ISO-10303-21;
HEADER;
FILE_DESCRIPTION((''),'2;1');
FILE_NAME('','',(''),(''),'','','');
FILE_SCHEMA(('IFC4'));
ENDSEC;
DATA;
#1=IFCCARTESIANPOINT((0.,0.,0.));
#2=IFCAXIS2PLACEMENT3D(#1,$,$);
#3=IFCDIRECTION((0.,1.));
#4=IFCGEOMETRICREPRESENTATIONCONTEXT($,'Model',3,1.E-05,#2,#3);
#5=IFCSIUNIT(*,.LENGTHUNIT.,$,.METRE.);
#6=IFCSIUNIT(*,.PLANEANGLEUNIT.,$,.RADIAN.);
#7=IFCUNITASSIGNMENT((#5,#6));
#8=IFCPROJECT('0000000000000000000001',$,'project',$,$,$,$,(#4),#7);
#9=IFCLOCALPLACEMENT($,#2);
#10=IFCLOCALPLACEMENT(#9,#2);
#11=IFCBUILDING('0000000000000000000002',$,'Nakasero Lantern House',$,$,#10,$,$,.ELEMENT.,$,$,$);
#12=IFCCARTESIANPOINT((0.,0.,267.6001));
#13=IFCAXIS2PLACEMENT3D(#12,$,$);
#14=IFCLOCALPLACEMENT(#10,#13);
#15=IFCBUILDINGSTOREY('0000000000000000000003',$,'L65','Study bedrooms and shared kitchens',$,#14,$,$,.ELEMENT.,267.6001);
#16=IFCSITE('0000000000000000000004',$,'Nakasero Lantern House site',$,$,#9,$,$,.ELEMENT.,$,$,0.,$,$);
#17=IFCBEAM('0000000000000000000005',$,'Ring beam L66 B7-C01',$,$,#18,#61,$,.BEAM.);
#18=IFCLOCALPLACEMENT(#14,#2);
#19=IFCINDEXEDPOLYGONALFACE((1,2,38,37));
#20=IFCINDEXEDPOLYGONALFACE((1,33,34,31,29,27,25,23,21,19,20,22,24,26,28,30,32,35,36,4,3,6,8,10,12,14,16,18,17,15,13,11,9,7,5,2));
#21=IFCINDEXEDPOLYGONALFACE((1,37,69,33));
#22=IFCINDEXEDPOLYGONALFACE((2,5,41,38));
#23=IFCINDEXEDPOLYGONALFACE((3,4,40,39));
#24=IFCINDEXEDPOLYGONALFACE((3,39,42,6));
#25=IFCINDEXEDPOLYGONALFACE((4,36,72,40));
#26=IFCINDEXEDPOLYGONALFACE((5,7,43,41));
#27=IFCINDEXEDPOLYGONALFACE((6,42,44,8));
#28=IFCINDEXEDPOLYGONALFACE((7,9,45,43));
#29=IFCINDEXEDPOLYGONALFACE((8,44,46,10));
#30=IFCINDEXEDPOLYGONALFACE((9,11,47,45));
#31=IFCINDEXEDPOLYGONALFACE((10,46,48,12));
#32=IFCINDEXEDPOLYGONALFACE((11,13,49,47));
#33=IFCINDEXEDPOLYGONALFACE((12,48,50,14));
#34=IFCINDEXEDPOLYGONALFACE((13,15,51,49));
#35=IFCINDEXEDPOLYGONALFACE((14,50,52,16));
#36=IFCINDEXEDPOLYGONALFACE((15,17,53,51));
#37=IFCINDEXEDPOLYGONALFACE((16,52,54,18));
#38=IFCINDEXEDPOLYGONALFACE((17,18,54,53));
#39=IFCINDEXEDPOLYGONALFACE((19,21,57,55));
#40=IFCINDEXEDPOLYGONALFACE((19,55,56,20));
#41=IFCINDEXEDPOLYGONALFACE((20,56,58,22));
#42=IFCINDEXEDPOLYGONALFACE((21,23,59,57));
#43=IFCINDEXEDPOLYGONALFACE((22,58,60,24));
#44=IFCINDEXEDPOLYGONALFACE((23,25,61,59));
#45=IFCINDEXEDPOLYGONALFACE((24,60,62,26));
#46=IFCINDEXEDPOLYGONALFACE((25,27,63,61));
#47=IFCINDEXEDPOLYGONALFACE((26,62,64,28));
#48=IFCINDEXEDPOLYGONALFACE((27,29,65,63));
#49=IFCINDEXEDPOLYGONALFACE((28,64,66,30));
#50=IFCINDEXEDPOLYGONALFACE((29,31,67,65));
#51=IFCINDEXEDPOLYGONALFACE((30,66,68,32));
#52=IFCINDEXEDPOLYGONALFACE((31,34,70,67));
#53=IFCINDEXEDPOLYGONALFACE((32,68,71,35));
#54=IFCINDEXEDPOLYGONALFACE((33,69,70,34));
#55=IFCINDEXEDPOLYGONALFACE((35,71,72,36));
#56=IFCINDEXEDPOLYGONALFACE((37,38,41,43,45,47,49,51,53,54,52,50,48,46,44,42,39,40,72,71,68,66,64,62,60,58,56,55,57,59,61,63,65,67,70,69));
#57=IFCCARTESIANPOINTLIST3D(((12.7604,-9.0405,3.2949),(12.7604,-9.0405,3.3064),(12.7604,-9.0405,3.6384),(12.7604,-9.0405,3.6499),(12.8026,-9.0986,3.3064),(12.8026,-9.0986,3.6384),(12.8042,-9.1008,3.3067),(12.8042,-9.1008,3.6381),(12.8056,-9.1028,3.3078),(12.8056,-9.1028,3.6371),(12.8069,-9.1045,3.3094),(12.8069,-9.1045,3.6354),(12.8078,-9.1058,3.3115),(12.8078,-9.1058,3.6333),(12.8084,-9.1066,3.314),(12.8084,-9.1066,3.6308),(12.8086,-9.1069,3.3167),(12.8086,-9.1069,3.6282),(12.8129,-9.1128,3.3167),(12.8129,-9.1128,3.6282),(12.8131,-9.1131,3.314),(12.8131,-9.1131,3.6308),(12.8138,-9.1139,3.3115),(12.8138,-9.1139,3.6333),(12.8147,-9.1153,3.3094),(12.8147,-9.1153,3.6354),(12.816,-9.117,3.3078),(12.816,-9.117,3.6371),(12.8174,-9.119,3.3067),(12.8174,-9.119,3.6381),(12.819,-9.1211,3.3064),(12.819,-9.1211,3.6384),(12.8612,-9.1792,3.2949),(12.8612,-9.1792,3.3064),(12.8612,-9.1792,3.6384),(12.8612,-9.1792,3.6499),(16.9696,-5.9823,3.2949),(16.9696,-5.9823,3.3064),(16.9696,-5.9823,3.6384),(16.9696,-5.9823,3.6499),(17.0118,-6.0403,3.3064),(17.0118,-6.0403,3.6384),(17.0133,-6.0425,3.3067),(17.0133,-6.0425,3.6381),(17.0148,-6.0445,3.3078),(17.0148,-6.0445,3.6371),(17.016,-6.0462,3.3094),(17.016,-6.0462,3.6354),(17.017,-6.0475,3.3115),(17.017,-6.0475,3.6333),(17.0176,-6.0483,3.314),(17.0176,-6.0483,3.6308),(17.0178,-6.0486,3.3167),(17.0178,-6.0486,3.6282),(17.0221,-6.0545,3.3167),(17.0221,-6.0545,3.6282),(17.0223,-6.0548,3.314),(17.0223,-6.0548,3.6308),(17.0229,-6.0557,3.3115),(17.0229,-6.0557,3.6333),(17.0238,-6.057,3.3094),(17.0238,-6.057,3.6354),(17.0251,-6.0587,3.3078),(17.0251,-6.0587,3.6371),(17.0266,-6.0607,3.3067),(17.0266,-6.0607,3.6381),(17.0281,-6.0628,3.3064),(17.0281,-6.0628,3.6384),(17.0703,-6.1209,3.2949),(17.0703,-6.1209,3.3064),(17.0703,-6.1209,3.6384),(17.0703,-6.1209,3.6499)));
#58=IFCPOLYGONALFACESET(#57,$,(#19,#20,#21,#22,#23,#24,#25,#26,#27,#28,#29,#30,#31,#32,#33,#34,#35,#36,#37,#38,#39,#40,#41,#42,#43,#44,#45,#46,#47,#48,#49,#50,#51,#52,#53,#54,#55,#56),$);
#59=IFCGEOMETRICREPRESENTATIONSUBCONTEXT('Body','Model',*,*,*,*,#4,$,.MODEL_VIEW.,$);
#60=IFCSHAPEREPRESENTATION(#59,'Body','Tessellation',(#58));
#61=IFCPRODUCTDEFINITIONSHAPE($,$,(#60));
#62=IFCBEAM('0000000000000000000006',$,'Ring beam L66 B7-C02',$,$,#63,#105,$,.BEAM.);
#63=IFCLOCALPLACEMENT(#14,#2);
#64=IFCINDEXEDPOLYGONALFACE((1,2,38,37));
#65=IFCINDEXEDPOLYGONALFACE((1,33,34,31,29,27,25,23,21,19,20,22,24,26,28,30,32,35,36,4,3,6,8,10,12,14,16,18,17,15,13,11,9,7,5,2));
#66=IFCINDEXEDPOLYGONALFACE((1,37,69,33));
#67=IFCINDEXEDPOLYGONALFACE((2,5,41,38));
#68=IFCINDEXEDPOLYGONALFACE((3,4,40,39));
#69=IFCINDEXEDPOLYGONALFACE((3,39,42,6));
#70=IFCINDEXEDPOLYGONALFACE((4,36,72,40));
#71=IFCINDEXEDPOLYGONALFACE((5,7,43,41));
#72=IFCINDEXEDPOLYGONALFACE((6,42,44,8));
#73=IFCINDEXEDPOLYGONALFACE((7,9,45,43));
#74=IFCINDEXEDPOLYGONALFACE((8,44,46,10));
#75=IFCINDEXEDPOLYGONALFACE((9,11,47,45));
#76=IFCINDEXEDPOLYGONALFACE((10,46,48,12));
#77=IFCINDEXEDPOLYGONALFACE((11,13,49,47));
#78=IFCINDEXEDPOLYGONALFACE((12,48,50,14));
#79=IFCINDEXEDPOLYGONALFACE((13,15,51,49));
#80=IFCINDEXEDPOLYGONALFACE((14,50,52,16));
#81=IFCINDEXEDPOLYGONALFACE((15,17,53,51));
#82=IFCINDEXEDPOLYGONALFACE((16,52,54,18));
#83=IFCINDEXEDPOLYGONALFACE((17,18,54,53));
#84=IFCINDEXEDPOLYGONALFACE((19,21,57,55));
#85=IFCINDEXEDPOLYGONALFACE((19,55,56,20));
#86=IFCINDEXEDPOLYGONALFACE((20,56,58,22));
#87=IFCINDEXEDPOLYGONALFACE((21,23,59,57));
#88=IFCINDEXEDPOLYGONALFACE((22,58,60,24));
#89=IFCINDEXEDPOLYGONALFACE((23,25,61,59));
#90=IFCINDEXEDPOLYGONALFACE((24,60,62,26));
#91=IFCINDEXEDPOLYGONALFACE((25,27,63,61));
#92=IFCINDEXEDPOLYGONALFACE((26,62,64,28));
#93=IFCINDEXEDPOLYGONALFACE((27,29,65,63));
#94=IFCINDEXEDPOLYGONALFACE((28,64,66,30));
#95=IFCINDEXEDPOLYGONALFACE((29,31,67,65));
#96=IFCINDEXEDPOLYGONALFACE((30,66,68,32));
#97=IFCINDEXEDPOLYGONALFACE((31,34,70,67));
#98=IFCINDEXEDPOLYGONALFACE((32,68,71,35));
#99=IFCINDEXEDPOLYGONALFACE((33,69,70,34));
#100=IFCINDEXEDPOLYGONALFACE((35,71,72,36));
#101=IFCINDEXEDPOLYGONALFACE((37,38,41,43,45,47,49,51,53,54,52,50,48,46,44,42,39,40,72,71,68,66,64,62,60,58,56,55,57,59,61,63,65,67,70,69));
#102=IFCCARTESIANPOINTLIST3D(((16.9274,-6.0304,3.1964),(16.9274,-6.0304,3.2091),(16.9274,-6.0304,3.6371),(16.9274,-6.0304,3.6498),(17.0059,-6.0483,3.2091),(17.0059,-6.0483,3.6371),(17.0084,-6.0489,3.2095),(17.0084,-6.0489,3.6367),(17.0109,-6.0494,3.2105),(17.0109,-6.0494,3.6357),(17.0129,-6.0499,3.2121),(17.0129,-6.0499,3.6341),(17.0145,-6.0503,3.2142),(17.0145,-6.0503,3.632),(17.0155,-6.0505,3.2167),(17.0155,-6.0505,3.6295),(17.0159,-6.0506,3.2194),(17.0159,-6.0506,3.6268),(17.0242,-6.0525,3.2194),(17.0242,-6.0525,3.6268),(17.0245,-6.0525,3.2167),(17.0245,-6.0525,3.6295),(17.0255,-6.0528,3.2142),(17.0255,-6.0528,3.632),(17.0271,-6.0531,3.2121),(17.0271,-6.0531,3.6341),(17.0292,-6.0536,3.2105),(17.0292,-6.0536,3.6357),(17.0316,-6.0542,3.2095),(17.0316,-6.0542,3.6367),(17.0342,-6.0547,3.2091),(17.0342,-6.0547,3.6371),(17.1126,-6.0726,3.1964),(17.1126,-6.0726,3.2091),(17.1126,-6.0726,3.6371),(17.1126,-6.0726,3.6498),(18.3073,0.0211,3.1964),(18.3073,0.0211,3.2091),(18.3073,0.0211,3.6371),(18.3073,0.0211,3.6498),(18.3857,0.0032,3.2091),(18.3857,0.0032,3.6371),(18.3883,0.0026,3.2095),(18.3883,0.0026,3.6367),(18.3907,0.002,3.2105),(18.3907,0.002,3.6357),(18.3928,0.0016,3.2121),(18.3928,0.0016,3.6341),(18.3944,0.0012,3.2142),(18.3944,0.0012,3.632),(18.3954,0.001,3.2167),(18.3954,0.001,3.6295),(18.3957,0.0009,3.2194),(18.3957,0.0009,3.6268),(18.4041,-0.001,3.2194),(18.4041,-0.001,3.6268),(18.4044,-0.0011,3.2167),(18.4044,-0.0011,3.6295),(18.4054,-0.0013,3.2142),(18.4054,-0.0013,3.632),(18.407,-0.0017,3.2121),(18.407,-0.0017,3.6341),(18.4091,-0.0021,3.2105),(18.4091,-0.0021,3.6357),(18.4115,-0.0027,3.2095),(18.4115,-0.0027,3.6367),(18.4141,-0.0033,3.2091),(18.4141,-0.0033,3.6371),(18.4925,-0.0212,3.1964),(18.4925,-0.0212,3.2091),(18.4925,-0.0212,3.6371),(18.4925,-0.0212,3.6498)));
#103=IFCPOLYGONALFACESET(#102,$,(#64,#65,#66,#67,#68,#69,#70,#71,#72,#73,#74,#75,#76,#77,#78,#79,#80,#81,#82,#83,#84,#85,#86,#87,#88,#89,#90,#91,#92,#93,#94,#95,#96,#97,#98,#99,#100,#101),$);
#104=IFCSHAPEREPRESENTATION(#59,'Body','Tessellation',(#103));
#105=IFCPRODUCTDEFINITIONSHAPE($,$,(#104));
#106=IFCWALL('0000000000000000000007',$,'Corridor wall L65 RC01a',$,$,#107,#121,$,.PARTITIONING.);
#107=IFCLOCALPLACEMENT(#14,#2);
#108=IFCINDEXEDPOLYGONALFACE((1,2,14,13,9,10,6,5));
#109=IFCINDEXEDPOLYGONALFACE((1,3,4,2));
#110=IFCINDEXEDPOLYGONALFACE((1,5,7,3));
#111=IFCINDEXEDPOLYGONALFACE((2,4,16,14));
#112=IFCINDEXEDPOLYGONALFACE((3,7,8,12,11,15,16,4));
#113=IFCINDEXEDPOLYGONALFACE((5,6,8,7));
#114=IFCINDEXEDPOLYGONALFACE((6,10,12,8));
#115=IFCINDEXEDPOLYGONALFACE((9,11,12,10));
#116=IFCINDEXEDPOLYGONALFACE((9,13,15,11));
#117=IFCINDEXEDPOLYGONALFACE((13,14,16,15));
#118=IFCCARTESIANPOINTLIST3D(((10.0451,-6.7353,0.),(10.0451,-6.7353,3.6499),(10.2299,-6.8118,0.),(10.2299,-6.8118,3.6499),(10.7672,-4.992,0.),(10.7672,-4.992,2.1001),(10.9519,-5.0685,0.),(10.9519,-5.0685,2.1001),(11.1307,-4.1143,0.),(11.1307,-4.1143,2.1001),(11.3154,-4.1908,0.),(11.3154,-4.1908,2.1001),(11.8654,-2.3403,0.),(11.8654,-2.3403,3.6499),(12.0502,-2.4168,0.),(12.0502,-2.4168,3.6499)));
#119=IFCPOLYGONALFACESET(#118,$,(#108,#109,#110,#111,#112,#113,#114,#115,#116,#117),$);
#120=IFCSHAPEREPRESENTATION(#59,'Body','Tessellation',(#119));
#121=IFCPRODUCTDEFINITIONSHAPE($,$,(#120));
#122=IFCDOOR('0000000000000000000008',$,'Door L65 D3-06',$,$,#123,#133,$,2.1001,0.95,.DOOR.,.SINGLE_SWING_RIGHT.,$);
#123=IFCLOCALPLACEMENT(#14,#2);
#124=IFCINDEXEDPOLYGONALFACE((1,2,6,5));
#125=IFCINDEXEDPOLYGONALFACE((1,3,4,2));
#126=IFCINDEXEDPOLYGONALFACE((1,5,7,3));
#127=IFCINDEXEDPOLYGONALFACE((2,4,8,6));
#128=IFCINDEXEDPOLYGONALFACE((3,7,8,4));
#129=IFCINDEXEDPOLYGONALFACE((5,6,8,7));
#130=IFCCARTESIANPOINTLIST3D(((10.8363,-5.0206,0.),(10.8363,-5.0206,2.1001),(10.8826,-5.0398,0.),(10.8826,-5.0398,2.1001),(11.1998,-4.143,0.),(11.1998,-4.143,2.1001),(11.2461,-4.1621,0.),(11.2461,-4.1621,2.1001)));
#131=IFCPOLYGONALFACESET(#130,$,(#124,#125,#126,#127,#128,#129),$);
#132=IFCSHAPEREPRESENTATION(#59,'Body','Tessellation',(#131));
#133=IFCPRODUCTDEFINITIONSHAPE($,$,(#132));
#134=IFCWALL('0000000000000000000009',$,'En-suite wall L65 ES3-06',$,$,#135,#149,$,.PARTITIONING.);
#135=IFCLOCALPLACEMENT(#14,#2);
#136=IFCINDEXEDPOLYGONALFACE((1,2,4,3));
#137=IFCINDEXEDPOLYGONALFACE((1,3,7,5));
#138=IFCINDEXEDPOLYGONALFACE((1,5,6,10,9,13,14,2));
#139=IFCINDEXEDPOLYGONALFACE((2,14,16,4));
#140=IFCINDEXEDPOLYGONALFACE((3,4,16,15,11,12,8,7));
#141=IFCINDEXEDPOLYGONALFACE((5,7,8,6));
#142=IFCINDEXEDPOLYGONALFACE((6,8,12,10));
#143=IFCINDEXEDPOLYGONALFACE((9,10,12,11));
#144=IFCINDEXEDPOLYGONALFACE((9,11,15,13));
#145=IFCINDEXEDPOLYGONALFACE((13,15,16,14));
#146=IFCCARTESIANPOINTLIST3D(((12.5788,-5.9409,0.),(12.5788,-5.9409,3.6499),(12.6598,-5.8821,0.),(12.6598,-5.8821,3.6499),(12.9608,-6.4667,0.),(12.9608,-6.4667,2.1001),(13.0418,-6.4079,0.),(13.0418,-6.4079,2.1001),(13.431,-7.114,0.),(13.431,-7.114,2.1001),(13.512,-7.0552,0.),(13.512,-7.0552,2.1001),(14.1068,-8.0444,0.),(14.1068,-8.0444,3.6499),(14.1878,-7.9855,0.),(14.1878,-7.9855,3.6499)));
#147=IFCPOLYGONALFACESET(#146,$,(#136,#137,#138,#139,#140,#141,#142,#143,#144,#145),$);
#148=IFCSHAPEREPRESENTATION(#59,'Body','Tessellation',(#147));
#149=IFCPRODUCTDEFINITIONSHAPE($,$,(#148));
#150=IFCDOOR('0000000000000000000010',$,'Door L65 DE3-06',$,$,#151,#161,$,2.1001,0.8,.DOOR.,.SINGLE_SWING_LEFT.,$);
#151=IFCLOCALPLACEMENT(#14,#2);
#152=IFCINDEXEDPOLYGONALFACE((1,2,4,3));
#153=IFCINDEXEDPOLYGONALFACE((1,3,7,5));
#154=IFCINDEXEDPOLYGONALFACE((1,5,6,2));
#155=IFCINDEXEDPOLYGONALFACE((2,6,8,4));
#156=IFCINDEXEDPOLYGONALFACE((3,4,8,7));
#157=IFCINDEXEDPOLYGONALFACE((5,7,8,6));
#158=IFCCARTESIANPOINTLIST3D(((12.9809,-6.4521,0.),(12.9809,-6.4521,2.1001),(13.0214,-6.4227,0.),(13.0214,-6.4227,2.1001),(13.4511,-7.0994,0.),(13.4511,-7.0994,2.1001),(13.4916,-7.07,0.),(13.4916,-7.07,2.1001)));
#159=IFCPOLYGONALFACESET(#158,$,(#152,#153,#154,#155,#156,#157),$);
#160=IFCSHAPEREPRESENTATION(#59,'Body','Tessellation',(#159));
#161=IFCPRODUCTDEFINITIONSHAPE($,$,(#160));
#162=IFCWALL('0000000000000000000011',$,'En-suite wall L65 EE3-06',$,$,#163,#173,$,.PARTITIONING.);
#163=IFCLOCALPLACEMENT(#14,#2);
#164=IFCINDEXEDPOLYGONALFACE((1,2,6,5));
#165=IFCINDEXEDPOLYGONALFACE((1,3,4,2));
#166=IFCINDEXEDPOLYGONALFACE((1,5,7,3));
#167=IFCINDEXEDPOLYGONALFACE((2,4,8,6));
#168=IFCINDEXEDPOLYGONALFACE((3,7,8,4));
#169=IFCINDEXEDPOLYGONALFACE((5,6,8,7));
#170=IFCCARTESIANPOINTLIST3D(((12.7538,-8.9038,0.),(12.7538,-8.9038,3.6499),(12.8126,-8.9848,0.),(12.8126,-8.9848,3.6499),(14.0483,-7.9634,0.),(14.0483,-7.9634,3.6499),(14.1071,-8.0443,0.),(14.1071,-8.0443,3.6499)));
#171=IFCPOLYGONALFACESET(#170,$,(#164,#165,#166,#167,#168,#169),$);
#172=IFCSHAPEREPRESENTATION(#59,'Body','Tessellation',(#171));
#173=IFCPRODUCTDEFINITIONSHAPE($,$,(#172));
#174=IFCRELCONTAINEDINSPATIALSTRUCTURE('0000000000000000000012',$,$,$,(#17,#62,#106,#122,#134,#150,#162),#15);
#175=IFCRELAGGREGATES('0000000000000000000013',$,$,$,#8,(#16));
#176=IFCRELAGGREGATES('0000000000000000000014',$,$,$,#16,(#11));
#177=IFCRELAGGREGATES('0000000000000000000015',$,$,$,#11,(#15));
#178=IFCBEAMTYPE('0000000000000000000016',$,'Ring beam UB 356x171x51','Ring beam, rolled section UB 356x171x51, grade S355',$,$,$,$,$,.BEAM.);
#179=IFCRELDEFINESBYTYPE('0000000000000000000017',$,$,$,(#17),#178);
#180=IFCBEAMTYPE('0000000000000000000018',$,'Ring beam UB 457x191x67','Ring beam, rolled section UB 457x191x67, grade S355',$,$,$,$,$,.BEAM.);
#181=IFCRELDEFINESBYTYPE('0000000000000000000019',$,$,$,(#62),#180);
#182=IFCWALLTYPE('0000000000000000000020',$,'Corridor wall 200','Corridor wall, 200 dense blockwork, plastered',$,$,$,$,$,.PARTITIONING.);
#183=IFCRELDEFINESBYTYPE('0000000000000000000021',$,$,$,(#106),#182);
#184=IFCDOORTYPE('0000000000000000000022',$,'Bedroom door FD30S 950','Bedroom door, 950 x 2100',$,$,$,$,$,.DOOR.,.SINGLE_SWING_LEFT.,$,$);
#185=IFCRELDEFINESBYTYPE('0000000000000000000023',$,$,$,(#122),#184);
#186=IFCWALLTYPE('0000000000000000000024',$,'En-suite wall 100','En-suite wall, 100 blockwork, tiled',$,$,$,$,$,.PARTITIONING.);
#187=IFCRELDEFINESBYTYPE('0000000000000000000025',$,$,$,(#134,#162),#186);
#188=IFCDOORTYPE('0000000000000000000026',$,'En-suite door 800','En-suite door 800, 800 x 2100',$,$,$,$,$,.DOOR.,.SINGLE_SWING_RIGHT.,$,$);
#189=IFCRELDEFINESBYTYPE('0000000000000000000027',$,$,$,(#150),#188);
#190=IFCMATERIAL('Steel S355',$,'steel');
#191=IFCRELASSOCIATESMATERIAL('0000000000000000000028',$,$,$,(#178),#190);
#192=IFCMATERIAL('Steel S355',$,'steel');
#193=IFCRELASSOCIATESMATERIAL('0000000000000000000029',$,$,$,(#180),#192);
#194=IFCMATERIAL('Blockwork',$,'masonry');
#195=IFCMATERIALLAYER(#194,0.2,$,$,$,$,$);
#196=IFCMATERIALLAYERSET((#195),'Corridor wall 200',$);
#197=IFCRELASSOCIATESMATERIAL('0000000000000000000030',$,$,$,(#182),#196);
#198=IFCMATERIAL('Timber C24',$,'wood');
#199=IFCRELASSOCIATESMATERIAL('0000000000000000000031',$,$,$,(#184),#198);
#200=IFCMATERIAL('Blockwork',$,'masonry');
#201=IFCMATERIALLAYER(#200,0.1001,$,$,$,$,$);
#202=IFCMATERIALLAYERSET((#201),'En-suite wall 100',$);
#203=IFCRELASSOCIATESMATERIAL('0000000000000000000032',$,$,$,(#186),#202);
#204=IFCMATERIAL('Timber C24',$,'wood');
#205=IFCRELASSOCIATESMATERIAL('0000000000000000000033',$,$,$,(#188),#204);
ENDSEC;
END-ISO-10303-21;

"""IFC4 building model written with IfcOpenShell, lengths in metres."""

from ifc_helpers import new_model, si_unit, direction, frame, frame_2d, origin, origin_2d, place, context, subcontext, project, spatial, rectangle, i_section, extrude, material, layer, layer_set, material_profile, profile_set, type_object, element, fill, save


model = new_model("IFC4")

# Units and contexts
model_context = context("Model", 3, precision=1e-05, world=origin(), true_north=direction((0.0, 1.0)))
body_context = subcontext(model_context, "Body", "Model", "MODEL_VIEW")
ifc_project = project(units=[si_unit("LENGTHUNIT", "METRE"), si_unit("PLANEANGLEUNIT", "RADIAN")], contexts=[model_context])

# Site, building, storey
site_placement = place(None, origin())
site = spatial("IfcSite", under=ifc_project, at=site_placement, Name="Nakasero Lantern House site", CompositionType="ELEMENT", RefElevation=0.0)
building_placement = place(site_placement, origin())
building = spatial("IfcBuilding", under=site, at=building_placement, Name="Nakasero Lantern House", CompositionType="ELEMENT")
storey_placement = place(building_placement, frame((0.0, 0.0, 267.6001)))
storey = spatial("IfcBuildingStorey", under=building, at=storey_placement, Name="L65", Description="Study bedrooms and shared kitchens", CompositionType="ELEMENT", Elevation=267.6001)

# Beams
ifc_material_1 = material(Name="Steel S355", Category="steel")
ifc_material_profile_1 = material_profile(ifc_material_1, i_section(OverallWidth=0.1714, OverallDepth=0.355, WebThickness=0.0073, FlangeThickness=0.0115, FilletRadius=0.0103, at=origin_2d()), Name="UB 356x171x51")
ifc_profile_set_1 = profile_set([ifc_material_profile_1], Name="Steel S355")
beam_type_1 = type_object("IfcBeamType", Name="Ring beam UB 356x171x51", Description="Ring beam, rolled section UB 356x171x51, grade S355", PredefinedType="BEAM", material=ifc_profile_set_1)
beam_1_placement = place(storey_placement, frame((12.8108, -9.1099, 3.4724), z_axis=(0.809002, 0.587806, 0.0), x_axis=(-0.587806, 0.809002, 0.0)))
element("IfcBeam", 1, at=beam_1_placement, inside=storey, type_object=beam_type_1, Name="Ring beam L66 B7-C01", PredefinedType="BEAM", context=body_context, shape_type="SweptSolid", body=[
    extrude(i_section(OverallWidth=0.1714, OverallDepth=0.355, WebThickness=0.0073, FlangeThickness=0.0115, FilletRadius=0.0103, at=origin_2d()), origin(), (0.0, 0.0, 1.0), 5.2029),
])
ifc_material_2 = material(Name="Steel S355", Category="steel")
ifc_material_profile_2 = material_profile(ifc_material_2, i_section(OverallWidth=0.1899, OverallDepth=0.4534, WebThickness=0.0085, FlangeThickness=0.0127, FilletRadius=0.0103, at=origin_2d()), Name="UB 457x191x67")
ifc_profile_set_2 = profile_set([ifc_material_profile_2], Name="Steel S355")
beam_type_2 = type_object("IfcBeamType", Name="Ring beam UB 457x191x67", Description="Ring beam, rolled section UB 457x191x67, grade S355", PredefinedType="BEAM", material=ifc_profile_set_2)
beam_2_placement = place(storey_placement, frame((17.02, -6.0515, 3.4231), z_axis=(0.222316, 0.974975, 0.0), x_axis=(-0.974975, 0.222316, 0.0)))
element("IfcBeam", 2, at=beam_2_placement, inside=storey, type_object=beam_type_2, Name="Ring beam L66 B7-C02", PredefinedType="BEAM", context=body_context, shape_type="SweptSolid", body=[
    extrude(i_section(OverallWidth=0.1899, OverallDepth=0.4534, WebThickness=0.0085, FlangeThickness=0.0127, FilletRadius=0.0103, at=origin_2d()), origin(), (0.0, 0.0, 1.0), 6.2068),
])

# Walls, openings, doors
ifc_material_3 = material(Name="Blockwork", Category="masonry")
ifc_layer_1 = layer(ifc_material_3, 0.2)
ifc_layer_set_1 = layer_set([ifc_layer_1], Name="Corridor wall 200")
wall_type_1 = type_object("IfcWallType", Name="Corridor wall 200", Description="Corridor wall, 200 dense blockwork, plastered", PredefinedType="PARTITIONING", material=ifc_layer_set_1)
wall_1_placement = place(storey_placement, frame((11.9578, -2.3787, 0.0), z_axis=(0.0, 0.0, 1.0), x_axis=(-0.382654, -0.923892, 0.0)))
wall_1 = element("IfcWall", 3, at=wall_1_placement, inside=storey, type_object=wall_type_1, Name="Corridor wall L65 RC01a", PredefinedType="PARTITIONING", context=body_context, shape_type="SweptSolid", body=[
    extrude(rectangle(XDim=4.7571, YDim=0.2, at=frame_2d((2.3784, 0.0))), origin(), (0.0, 0.0, 1.0), 3.6499),
])
opening_1_placement = place(wall_1_placement, frame((1.9199, 0.0, 0.0)))
opening_1 = element("IfcOpeningElement", 4, at=opening_1_placement, cuts=wall_1, PredefinedType="OPENING", context=body_context, shape_type="SweptSolid", body=[
    extrude(rectangle(XDim=0.95, YDim=2.1001, at=frame_2d((0.4751, 1.05))), frame((0.0, 0.1199, 0.0), z_axis=(0.0, -1.0, 0.0), x_axis=(1.0, 0.0, 0.0)), (0.0, 0.0, 1.0), 0.24),
])
ifc_material_4 = material(Name="Timber C24", Category="wood")
door_type_1 = type_object("IfcDoorType", Name="Bedroom door FD30S 950", Description="Bedroom door, 950 x 2100", OperationType="SINGLE_SWING_LEFT", PredefinedType="DOOR", material=ifc_material_4)
door_1_placement = place(opening_1_placement, origin())
door_1 = element("IfcDoor", 5, at=door_1_placement, inside=storey, type_object=door_type_1, Name="Door L65 D3-06", OperationType="SINGLE_SWING_RIGHT", OverallHeight=2.1001, OverallWidth=0.95, PredefinedType="DOOR", context=body_context, shape_type="SweptSolid", body=[
    extrude(rectangle(XDim=0.95, YDim=2.1001, at=frame_2d((0.4751, 1.05))), frame((0.0, 0.0249, 0.0), z_axis=(0.0, -1.0, 0.0), x_axis=(1.0, 0.0, 0.0)), (0.0, 0.0, 1.0), 0.05),
])
fill(opening_1, door_1)
ifc_material_5 = material(Name="Blockwork", Category="masonry")
ifc_layer_2 = layer(ifc_material_5, 0.1001)
ifc_layer_set_2 = layer_set([ifc_layer_2], Name="En-suite wall 100")
wall_type_2 = type_object("IfcWallType", Name="En-suite wall 100", Description="En-suite wall, 100 blockwork, tiled", PredefinedType="PARTITIONING", material=ifc_layer_set_2)
wall_2_placement = place(storey_placement, frame((12.6194, -5.9116, 0.0), z_axis=(0.0, 0.0, 1.0), x_axis=(0.587731, -0.809057, 0.0)))
wall_2 = element("IfcWall", 6, at=wall_2_placement, inside=storey, type_object=wall_type_2, Name="En-suite wall L65 ES3-06", PredefinedType="PARTITIONING", context=body_context, shape_type="SweptSolid", body=[
    extrude(rectangle(XDim=2.5999, YDim=0.1001, at=frame_2d((1.2998, 0.0))), origin(), (0.0, 0.0, 1.0), 3.6499),
])
opening_2_placement = place(wall_2_placement, frame((0.6499, 0.0, 0.0)))
opening_2 = element("IfcOpeningElement", 7, at=opening_2_placement, cuts=wall_2, PredefinedType="OPENING", context=body_context, shape_type="SweptSolid", body=[
    extrude(rectangle(XDim=0.8, YDim=2.1001, at=frame_2d((0.3999, 1.05))), frame((0.0, 0.0701, 0.0), z_axis=(0.0, -1.0, 0.0), x_axis=(1.0, 0.0, 0.0)), (0.0, 0.0, 1.0), 0.1401),
])
ifc_material_6 = material(Name="Timber C24", Category="wood")
door_type_2 = type_object("IfcDoorType", Name="En-suite door 800", Description="En-suite door 800, 800 x 2100", OperationType="SINGLE_SWING_RIGHT", PredefinedType="DOOR", material=ifc_material_6)
door_2_placement = place(opening_2_placement, origin())
door_2 = element("IfcDoor", 8, at=door_2_placement, inside=storey, type_object=door_type_2, Name="Door L65 DE3-06", OperationType="SINGLE_SWING_LEFT", OverallHeight=2.1001, OverallWidth=0.8, PredefinedType="DOOR", context=body_context, shape_type="SweptSolid", body=[
    extrude(rectangle(XDim=0.8, YDim=2.1001, at=frame_2d((0.3999, 1.05))), frame((0.0, 0.0249, 0.0), z_axis=(0.0, -1.0, 0.0), x_axis=(1.0, 0.0, 0.0)), (0.0, 0.0, 1.0), 0.05),
])
fill(opening_2, door_2)

# Wall
wall_3_placement = place(storey_placement, frame((12.7832, -8.9443, 0.0), z_axis=(0.0, 0.0, 1.0), x_axis=(0.809026, 0.587772, 0.0)))
element("IfcWall", 9, at=wall_3_placement, inside=storey, type_object=wall_type_2, Name="En-suite wall L65 EE3-06", PredefinedType="PARTITIONING", context=body_context, shape_type="SweptSolid", body=[
    extrude(rectangle(XDim=1.6001, YDim=0.1001, at=frame_2d((0.8, 0.0))), origin(), (0.0, 0.0, 1.0), 3.6499),
])

save(model, "model.ifc")
